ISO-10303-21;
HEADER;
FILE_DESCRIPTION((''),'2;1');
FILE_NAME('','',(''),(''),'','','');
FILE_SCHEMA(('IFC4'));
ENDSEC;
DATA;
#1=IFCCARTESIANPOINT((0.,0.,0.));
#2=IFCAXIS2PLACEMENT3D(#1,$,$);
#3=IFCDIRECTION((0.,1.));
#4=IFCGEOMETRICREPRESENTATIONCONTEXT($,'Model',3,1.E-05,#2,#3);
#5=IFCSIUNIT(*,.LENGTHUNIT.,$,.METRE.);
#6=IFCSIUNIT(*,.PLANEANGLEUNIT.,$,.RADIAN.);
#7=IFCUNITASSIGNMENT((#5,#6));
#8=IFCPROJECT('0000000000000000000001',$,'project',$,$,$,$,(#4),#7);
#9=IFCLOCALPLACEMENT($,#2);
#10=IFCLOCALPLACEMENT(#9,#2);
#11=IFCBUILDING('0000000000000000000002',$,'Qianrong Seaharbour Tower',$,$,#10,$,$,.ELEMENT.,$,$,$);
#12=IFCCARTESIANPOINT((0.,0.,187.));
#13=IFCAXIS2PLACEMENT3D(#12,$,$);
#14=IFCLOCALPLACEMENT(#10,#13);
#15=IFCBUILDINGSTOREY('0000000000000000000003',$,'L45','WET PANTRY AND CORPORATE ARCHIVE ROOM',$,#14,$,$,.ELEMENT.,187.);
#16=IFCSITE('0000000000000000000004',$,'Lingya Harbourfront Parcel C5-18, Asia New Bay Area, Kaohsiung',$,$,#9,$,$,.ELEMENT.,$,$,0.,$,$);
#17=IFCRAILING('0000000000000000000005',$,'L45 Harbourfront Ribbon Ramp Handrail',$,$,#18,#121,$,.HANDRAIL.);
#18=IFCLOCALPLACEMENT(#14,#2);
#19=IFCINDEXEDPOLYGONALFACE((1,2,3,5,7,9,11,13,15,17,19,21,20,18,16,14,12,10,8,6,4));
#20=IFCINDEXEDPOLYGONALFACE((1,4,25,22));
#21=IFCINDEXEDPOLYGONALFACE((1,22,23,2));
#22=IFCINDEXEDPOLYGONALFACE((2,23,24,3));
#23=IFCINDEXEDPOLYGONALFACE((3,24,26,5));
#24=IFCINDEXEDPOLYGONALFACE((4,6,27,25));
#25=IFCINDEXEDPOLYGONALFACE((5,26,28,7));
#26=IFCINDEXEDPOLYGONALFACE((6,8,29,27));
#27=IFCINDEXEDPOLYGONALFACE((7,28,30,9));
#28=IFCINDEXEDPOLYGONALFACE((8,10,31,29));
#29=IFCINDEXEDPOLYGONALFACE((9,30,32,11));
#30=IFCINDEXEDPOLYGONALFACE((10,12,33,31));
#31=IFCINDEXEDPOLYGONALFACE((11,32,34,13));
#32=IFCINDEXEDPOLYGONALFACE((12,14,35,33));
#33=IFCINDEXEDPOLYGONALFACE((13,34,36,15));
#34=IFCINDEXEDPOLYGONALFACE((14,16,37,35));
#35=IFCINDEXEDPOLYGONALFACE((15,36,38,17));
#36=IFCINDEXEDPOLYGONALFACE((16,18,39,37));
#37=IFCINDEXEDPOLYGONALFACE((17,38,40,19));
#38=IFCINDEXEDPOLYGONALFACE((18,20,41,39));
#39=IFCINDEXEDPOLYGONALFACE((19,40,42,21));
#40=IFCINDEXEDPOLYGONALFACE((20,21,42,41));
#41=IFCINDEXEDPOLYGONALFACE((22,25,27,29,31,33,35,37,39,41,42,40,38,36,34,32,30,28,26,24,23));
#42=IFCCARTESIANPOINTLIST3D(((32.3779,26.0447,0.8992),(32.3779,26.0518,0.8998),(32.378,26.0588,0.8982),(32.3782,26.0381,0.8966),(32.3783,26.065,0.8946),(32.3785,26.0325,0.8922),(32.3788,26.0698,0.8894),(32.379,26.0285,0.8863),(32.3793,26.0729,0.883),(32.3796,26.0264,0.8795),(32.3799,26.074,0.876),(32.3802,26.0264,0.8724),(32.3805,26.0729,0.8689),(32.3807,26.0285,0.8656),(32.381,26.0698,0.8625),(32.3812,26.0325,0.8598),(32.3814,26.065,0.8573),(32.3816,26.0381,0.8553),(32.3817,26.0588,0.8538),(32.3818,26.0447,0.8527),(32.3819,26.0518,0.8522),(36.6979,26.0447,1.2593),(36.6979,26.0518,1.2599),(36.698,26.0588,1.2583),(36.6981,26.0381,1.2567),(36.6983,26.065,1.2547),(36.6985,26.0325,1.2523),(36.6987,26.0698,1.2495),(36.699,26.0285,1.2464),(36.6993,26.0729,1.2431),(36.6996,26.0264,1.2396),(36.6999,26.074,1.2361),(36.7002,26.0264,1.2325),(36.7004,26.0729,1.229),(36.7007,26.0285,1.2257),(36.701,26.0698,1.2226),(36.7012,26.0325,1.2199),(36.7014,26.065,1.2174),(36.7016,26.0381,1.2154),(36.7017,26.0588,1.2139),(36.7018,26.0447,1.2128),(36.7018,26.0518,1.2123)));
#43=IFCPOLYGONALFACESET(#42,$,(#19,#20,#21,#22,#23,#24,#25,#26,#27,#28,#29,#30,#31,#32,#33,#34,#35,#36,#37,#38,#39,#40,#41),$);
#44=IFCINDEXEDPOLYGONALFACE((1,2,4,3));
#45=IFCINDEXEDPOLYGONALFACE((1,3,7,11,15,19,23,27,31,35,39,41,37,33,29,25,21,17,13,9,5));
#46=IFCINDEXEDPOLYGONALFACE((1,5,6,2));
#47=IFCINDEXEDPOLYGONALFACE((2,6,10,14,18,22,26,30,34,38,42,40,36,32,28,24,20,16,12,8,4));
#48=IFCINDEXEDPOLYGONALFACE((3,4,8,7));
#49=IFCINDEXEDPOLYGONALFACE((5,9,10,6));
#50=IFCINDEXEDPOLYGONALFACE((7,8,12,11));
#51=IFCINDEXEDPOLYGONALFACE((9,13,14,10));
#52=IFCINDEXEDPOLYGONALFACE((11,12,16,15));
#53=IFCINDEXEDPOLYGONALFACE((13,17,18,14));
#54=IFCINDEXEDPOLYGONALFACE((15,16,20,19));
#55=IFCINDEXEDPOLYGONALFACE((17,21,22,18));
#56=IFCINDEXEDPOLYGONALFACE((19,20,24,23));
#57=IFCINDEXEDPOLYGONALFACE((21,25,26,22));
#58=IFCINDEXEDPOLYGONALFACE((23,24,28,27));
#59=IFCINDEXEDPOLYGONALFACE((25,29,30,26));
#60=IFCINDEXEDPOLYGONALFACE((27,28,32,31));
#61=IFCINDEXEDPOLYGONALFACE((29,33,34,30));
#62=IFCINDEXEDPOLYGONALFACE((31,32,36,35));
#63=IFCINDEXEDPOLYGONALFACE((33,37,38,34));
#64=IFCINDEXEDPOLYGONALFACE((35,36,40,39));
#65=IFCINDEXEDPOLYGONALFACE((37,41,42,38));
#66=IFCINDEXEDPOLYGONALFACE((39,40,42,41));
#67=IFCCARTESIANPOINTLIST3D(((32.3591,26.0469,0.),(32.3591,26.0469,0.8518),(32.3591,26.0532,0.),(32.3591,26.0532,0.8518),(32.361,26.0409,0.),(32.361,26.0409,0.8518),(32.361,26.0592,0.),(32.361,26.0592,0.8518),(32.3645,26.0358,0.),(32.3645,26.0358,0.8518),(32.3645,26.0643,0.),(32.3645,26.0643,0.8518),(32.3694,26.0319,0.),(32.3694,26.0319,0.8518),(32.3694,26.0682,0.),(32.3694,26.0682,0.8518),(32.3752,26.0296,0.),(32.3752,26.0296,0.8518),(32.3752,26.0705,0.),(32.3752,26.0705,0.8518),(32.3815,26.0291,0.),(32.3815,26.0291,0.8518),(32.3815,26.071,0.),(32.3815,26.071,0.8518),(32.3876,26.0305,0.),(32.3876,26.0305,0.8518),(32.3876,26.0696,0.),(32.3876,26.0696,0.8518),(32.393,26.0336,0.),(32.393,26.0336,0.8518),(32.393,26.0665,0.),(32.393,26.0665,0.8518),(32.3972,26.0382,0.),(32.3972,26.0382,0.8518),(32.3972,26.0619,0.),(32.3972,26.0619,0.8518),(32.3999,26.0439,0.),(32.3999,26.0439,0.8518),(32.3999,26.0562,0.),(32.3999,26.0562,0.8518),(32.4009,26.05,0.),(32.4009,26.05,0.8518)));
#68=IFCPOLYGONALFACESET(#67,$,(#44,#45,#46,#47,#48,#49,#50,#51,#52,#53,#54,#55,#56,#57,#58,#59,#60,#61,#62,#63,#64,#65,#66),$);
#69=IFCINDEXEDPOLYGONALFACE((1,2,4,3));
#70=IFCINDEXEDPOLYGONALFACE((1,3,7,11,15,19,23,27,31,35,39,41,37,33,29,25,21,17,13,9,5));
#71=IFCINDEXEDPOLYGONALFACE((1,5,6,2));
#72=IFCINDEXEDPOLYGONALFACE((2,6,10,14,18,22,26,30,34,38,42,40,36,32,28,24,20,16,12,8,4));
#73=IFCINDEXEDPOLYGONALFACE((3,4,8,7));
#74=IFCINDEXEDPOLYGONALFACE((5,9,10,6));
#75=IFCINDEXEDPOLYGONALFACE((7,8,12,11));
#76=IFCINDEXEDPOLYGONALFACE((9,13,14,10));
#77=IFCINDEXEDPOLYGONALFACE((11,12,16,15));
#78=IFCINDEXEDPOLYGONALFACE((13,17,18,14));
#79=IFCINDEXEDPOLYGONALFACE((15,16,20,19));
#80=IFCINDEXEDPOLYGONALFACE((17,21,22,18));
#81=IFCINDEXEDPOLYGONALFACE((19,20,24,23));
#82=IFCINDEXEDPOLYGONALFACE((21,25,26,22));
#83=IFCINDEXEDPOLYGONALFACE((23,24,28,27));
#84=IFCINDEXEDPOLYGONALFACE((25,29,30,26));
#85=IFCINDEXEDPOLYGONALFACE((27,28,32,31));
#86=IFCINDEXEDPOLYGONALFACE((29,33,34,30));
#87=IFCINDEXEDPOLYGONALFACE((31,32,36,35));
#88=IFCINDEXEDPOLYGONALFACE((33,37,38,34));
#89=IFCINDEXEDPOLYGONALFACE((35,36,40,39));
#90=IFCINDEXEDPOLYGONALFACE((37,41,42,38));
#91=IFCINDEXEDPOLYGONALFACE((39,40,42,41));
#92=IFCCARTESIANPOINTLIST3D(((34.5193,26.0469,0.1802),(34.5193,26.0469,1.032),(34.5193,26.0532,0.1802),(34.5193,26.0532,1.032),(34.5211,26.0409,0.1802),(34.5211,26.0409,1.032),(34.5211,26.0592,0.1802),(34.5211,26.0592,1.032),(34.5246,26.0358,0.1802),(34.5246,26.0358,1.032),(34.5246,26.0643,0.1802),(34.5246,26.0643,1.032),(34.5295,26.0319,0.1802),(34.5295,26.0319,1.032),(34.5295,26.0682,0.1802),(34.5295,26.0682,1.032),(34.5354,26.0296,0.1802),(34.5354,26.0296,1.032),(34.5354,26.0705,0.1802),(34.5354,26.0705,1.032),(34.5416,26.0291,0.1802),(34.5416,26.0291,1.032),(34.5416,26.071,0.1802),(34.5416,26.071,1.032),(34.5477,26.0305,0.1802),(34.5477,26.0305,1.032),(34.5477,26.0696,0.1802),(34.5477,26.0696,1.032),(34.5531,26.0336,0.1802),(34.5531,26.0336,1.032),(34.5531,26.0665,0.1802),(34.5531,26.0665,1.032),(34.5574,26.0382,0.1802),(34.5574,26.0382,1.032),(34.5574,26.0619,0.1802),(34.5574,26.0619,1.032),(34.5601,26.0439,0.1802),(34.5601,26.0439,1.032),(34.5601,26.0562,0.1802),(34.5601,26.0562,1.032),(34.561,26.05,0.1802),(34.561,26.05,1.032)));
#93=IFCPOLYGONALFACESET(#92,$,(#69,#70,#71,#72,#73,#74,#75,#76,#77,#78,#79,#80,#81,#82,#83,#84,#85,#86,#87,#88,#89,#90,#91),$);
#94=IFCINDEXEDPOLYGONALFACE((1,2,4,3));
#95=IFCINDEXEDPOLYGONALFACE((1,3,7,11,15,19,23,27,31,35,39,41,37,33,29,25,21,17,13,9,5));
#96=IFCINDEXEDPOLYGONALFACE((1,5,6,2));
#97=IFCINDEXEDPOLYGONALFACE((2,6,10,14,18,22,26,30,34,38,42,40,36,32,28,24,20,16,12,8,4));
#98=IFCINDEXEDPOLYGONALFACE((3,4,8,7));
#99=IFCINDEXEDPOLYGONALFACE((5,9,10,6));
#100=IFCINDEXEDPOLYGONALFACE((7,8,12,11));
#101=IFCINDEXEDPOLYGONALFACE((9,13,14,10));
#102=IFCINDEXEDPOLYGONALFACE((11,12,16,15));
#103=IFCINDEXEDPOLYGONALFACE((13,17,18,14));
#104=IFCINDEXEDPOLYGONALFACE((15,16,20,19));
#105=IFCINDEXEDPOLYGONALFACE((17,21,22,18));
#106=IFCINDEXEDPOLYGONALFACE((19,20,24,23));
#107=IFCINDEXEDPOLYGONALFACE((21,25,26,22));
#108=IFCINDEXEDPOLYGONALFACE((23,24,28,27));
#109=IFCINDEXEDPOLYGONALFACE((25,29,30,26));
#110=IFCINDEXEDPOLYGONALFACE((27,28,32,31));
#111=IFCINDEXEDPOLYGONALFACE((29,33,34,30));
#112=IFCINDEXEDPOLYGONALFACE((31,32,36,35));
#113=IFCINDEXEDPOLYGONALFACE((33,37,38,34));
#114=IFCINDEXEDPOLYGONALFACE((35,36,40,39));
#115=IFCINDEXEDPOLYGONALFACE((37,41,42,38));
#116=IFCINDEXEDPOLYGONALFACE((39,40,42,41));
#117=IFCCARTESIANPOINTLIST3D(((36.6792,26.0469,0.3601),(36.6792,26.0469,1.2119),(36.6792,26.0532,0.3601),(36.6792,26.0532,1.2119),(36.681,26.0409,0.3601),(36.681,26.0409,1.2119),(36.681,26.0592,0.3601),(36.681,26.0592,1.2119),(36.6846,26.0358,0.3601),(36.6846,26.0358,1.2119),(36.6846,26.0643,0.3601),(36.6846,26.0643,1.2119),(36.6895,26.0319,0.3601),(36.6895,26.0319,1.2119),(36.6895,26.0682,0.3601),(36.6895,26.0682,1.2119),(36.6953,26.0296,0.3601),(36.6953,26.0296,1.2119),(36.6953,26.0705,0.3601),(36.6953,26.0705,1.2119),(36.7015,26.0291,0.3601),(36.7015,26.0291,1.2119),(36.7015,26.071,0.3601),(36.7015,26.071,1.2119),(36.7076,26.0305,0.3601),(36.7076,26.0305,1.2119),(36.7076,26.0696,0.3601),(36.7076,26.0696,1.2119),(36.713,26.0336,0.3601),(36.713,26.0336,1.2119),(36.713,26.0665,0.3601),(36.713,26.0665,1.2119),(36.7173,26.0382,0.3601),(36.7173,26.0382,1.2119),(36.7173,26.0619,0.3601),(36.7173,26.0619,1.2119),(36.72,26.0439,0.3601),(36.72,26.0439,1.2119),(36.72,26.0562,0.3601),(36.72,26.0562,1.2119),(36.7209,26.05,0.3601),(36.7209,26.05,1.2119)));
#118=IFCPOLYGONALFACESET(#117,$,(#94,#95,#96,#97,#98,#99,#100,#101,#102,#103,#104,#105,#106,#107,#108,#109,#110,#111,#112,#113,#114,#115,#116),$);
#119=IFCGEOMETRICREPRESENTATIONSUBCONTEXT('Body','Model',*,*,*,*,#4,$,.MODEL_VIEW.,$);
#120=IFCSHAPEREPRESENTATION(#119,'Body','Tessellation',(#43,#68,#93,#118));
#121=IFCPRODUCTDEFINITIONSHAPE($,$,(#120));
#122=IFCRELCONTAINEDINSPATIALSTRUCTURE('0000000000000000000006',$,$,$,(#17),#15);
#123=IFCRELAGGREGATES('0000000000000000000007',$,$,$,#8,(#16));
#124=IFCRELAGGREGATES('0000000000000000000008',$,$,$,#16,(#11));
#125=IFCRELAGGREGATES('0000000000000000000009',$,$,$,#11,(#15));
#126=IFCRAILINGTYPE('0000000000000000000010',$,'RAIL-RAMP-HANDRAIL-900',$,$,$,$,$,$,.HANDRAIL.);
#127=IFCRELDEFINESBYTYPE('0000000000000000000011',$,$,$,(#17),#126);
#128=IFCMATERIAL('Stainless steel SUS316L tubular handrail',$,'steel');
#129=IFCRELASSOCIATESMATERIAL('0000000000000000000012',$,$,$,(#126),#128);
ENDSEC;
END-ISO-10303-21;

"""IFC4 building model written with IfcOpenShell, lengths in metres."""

from ifc_helpers import new_model, si_unit, direction, frame, origin, origin_2d, place, context, subcontext, project, spatial, circle, extrude, material, type_object, element, save


model = new_model("IFC4")

# Units and contexts
model_context = context("Model", 3, precision=1e-05, world=origin(), true_north=direction((0.0, 1.0)))
body_context = subcontext(model_context, "Body", "Model", "MODEL_VIEW")
ifc_project = project(units=[si_unit("LENGTHUNIT", "METRE"), si_unit("PLANEANGLEUNIT", "RADIAN")], contexts=[model_context])

# Site, building, storey
site_placement = place(None, origin())
site = spatial("IfcSite", under=ifc_project, at=site_placement, Name="Lingya Harbourfront Parcel C5-18, Asia New Bay Area, Kaohsiung", CompositionType="ELEMENT", RefElevation=0.0)
building_placement = place(site_placement, origin())
building = spatial("IfcBuilding", under=site, at=building_placement, Name="Qianrong Seaharbour Tower", CompositionType="ELEMENT")
storey_placement = place(building_placement, frame((0.0, 0.0, 187.0)))
storey = spatial("IfcBuildingStorey", under=building, at=storey_placement, Name="L45", Description="WET PANTRY AND CORPORATE ARCHIVE ROOM", CompositionType="ELEMENT", Elevation=187.0)

# Railing
ifc_material_1 = material(Name="Stainless steel SUS316L tubular handrail", Category="steel")
railing_type = type_object("IfcRailingType", Name="RAIL-RAMP-HANDRAIL-900", PredefinedType="HANDRAIL", material=ifc_material_1)
railing_placement = place(storey_placement, frame((32.3799, 26.05, 0.0)))
element("IfcRailing", 1, at=railing_placement, inside=storey, type_object=railing_type, Name="L45 Harbourfront Ribbon Ramp Handrail", PredefinedType="HANDRAIL", context=body_context, shape_type="SweptSolid", body=[
    extrude(circle(Radius=0.0239, at=origin_2d()), frame((0.0, 0.0, 0.876), z_axis=(0.996544, 0.0, 0.083069), x_axis=(0.0, 1.0, 0.0)), (0.0, 0.0, 1.0), 4.335),
    extrude(circle(Radius=0.021, at=origin_2d()), origin(), (0.0, 0.0, 1.0), 0.8518),
    extrude(circle(Radius=0.021, at=origin_2d()), frame((2.1602, 0.0, 0.1802)), (0.0, 0.0, 1.0), 0.8518),
    extrude(circle(Radius=0.021, at=origin_2d()), frame((4.3201, 0.0, 0.3601)), (0.0, 0.0, 1.0), 0.8518),
])

save(model, "model.ifc")
